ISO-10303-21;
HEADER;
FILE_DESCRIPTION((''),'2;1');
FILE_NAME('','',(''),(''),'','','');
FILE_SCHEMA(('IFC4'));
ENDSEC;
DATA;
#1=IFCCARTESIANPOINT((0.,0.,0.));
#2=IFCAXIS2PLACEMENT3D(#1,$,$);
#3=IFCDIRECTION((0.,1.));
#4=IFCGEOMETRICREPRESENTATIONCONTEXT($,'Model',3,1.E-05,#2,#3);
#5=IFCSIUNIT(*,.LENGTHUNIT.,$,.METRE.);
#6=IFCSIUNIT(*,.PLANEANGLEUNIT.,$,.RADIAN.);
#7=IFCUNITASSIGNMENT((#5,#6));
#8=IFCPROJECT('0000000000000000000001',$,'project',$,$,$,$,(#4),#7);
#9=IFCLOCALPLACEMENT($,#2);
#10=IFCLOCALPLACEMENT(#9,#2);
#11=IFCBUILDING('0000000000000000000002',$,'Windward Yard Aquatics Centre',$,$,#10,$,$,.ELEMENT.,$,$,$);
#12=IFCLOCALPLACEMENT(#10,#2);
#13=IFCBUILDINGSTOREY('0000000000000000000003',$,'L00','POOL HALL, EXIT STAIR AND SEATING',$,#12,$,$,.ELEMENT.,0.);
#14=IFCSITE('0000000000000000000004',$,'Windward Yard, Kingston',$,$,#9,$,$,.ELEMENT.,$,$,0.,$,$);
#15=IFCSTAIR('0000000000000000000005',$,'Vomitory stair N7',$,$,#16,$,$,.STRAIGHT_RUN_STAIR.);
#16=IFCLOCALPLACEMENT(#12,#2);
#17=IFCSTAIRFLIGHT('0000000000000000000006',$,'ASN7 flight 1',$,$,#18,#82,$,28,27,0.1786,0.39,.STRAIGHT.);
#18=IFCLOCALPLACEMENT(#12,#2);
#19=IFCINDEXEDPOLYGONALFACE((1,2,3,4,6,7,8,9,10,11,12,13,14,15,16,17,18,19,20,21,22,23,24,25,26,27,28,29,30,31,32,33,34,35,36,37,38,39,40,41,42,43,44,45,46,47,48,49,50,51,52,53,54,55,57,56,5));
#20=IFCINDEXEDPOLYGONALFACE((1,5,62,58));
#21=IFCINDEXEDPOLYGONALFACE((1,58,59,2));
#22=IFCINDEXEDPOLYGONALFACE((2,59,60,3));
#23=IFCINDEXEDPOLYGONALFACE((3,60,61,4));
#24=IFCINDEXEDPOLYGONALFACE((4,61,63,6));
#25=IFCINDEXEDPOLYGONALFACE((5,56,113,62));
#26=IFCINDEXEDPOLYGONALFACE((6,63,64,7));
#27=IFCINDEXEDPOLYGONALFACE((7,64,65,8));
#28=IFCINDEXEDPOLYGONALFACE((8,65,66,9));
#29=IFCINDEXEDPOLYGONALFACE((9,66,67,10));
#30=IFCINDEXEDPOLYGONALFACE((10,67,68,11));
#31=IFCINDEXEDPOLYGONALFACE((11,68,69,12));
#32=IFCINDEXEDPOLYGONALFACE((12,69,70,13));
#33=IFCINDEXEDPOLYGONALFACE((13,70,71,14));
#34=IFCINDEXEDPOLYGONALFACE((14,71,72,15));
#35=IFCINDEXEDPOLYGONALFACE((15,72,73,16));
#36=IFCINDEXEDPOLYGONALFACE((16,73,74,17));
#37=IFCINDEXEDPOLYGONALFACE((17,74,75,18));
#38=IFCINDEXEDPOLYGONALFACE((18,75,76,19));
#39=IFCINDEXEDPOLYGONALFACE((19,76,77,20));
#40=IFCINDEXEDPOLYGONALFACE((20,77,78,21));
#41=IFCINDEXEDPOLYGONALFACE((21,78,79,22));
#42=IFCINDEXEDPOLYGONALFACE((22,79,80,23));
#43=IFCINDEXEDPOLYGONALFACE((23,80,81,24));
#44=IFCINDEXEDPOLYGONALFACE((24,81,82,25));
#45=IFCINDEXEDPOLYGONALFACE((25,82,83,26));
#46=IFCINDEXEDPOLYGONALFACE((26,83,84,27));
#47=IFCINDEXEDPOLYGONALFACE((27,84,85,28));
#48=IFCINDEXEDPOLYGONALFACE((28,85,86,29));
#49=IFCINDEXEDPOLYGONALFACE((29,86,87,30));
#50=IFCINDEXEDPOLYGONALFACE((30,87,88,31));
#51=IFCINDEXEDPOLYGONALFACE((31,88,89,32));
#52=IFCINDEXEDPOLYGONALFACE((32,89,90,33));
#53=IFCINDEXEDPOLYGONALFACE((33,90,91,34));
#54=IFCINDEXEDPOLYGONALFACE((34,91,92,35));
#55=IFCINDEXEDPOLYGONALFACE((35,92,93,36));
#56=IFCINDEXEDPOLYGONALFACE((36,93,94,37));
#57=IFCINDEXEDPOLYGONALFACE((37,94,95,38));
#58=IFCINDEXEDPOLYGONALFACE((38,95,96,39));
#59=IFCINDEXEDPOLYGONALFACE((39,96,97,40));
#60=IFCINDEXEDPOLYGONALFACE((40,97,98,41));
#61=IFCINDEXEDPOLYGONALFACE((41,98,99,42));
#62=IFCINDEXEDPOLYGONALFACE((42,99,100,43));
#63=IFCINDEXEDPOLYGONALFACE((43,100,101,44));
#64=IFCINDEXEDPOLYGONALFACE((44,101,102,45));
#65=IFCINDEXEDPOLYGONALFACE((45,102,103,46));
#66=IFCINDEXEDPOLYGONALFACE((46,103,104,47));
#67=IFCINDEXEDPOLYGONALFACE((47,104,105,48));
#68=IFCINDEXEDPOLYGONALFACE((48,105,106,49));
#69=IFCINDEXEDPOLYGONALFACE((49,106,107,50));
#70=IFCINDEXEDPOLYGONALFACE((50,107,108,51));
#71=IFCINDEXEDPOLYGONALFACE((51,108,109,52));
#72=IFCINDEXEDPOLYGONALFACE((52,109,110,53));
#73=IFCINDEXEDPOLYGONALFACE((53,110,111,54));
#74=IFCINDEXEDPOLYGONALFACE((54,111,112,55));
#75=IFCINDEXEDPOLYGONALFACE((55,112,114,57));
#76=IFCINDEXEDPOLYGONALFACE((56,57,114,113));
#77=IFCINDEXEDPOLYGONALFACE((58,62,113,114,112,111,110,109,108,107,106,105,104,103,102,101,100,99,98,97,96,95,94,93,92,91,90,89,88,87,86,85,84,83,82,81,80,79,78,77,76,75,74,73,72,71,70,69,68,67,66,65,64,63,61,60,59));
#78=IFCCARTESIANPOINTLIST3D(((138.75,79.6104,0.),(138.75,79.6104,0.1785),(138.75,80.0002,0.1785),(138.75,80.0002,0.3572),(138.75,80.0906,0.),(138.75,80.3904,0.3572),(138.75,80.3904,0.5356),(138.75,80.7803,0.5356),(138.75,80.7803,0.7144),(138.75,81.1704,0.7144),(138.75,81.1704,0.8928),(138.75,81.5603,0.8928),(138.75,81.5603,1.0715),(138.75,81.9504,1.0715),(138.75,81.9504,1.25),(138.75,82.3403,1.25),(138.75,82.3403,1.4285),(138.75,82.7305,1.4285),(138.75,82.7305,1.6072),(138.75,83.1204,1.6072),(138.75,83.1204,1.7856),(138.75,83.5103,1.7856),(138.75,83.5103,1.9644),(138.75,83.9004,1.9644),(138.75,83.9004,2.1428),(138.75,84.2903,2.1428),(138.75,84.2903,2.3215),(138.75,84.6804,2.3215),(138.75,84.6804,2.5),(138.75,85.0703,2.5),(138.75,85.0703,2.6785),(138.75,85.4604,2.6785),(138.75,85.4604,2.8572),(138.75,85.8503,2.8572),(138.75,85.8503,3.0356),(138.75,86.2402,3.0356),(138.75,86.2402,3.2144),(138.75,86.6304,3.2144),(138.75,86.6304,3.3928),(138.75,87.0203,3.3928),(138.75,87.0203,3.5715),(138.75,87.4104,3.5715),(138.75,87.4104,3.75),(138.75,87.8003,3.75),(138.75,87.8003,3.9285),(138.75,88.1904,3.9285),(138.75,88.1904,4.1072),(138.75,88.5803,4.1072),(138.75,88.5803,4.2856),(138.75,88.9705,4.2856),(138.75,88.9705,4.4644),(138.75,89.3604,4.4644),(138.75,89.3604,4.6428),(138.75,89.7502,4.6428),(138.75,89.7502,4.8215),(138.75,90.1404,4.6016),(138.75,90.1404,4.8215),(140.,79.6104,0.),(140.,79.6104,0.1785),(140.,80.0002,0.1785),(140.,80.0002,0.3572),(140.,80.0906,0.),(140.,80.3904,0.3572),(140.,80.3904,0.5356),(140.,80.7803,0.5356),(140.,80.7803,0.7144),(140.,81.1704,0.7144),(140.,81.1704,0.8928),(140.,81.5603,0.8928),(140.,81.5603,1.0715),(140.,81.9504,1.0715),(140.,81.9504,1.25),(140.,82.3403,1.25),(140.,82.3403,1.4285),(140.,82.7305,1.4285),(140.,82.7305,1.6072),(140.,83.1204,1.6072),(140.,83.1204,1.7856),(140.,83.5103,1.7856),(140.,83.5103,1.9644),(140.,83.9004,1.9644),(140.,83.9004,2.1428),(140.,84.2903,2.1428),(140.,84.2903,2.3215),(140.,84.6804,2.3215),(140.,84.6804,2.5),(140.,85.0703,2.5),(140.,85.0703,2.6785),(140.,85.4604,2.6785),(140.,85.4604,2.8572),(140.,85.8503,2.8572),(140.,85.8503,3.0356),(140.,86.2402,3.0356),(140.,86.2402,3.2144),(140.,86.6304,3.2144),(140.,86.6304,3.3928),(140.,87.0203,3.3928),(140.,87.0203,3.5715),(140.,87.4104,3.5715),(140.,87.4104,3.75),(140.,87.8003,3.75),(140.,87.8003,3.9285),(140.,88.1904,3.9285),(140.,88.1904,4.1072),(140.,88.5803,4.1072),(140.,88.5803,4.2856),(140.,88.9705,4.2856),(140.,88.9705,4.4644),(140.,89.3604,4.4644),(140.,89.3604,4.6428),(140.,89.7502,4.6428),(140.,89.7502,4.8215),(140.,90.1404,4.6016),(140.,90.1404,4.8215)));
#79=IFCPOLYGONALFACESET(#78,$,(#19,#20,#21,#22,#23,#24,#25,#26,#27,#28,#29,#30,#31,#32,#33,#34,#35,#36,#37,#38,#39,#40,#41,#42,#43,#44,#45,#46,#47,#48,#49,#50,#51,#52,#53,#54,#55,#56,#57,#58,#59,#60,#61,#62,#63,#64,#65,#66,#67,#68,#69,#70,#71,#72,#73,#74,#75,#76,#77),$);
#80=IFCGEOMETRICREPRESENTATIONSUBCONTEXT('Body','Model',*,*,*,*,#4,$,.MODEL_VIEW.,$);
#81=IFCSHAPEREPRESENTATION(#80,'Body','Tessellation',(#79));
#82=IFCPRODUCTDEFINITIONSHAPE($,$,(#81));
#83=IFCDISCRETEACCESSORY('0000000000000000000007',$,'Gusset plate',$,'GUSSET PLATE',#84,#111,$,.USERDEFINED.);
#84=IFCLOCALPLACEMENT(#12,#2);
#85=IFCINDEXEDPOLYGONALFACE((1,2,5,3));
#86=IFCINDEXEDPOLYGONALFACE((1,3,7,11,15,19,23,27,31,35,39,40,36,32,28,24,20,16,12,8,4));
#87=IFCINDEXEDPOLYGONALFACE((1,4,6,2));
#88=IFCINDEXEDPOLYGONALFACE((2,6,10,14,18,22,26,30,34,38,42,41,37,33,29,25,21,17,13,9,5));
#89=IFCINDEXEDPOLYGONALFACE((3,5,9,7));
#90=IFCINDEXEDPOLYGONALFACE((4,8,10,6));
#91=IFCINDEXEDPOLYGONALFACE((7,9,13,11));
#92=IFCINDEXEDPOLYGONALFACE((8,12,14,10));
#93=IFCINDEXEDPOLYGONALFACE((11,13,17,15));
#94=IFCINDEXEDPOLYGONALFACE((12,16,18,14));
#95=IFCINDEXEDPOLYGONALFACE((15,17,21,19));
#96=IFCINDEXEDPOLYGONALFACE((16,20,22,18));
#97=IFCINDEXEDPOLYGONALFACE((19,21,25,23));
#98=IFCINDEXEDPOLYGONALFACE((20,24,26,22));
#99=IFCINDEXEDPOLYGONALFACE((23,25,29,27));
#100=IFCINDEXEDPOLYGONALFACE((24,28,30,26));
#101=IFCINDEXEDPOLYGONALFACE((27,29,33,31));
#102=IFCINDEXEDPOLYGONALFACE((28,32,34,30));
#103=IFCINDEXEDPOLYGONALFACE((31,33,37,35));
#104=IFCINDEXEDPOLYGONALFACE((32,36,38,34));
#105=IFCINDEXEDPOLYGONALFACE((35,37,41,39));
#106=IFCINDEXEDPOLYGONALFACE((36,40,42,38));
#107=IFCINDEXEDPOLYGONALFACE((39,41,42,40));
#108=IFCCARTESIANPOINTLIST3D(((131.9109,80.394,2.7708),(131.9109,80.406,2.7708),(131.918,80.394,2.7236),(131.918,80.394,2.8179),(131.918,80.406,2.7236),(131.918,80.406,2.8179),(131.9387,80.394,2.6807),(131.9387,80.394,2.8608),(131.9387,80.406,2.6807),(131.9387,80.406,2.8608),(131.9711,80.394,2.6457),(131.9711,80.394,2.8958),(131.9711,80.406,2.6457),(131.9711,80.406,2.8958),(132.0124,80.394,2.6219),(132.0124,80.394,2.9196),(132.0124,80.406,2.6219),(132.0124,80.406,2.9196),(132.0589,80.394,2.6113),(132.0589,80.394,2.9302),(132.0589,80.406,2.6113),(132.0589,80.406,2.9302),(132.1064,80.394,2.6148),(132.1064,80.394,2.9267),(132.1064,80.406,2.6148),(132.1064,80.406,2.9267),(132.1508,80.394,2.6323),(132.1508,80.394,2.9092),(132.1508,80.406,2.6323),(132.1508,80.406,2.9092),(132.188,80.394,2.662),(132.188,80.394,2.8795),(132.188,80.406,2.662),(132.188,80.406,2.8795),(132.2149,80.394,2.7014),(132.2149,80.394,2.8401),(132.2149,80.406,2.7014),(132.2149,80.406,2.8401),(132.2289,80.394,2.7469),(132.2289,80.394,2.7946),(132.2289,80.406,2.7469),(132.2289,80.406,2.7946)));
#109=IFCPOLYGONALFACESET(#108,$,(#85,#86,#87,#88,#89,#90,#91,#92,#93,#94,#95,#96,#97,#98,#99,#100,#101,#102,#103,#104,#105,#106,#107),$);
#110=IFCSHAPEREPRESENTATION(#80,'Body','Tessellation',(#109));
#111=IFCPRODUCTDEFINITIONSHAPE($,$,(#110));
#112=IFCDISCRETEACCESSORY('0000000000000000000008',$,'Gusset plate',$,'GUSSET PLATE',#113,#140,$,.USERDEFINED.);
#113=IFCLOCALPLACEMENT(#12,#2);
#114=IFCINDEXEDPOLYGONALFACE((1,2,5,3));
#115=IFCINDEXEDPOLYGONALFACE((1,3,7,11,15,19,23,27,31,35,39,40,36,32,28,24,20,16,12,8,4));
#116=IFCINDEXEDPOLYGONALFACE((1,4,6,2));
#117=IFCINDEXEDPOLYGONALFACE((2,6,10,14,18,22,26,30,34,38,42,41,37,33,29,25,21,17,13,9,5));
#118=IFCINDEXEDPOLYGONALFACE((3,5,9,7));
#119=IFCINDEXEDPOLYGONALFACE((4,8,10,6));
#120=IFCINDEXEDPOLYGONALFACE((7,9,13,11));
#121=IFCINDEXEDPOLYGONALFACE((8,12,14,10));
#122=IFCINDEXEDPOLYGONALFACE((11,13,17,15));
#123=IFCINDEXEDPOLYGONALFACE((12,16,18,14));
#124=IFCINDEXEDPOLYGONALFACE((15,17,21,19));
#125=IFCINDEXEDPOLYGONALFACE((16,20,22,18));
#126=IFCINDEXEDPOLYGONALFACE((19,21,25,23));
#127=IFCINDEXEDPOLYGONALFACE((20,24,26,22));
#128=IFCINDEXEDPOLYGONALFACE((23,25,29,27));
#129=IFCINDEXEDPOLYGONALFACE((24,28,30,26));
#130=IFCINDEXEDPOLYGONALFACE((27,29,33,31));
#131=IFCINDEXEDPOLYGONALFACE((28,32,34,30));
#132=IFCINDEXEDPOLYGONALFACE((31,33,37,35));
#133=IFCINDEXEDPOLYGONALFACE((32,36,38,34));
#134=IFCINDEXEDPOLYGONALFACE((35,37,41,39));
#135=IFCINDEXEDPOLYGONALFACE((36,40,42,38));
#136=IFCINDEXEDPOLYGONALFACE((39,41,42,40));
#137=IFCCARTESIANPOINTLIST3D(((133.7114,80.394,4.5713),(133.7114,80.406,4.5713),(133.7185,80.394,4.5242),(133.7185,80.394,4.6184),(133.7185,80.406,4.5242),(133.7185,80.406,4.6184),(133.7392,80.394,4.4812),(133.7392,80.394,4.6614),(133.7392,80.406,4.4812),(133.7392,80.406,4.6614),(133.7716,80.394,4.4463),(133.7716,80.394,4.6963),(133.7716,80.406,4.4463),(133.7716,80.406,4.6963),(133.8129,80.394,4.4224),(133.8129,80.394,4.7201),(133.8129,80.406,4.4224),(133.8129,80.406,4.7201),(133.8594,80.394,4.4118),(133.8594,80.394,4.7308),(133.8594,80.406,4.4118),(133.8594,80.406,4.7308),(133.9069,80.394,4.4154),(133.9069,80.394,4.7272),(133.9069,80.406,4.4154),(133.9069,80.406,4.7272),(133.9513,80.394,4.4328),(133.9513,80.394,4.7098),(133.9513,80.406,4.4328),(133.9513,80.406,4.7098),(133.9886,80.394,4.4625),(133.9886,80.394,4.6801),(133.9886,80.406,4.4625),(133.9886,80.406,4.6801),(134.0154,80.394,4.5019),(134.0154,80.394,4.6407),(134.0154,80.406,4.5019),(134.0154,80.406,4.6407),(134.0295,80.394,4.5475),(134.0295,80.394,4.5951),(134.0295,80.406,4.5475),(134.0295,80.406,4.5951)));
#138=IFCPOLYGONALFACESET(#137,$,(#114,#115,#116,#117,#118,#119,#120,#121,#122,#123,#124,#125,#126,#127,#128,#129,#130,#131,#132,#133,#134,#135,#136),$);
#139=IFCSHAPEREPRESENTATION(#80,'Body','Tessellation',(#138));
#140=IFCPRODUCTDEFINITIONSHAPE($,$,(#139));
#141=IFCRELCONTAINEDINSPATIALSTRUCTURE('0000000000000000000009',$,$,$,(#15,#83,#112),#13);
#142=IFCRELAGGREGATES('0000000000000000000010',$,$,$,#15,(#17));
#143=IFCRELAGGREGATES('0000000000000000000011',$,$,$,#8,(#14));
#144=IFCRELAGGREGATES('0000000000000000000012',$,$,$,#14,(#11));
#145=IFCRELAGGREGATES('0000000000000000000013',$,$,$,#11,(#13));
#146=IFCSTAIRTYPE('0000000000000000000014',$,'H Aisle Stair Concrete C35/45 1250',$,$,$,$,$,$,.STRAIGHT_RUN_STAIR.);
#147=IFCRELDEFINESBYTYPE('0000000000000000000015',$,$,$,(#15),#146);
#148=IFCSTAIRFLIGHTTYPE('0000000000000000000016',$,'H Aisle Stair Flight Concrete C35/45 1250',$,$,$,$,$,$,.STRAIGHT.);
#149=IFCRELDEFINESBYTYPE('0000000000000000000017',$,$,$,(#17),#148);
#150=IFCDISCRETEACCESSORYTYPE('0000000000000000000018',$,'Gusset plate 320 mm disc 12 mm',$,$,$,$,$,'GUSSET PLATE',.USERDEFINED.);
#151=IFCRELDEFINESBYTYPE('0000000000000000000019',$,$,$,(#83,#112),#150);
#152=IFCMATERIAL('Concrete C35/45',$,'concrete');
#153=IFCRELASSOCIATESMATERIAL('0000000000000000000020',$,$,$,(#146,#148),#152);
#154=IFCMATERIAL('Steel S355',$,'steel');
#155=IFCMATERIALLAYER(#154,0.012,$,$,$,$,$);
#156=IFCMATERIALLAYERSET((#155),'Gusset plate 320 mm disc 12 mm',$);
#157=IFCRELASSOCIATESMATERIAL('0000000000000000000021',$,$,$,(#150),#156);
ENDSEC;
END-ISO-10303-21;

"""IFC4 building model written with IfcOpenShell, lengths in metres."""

from ifc_helpers import new_model, si_unit, direction, frame, origin, origin_2d, place, context, subcontext, project, spatial, polyline, circle, outline, extrude, material, layer, layer_set, type_object, element, aggregate, save


model = new_model("IFC4")

# Units and contexts
model_context = context("Model", 3, precision=1e-05, world=origin(), true_north=direction((0.0, 1.0)))
body_context = subcontext(model_context, "Body", "Model", "MODEL_VIEW")
ifc_project = project(units=[si_unit("LENGTHUNIT", "METRE"), si_unit("PLANEANGLEUNIT", "RADIAN")], contexts=[model_context])

# Site, building, storey
site_placement = place(None, origin())
site = spatial("IfcSite", under=ifc_project, at=site_placement, Name="Windward Yard, Kingston", CompositionType="ELEMENT", RefElevation=0.0)
building_placement = place(site_placement, origin())
building = spatial("IfcBuilding", under=site, at=building_placement, Name="Windward Yard Aquatics Centre", CompositionType="ELEMENT")
storey_placement = place(building_placement, origin())
storey = spatial("IfcBuildingStorey", under=building, at=storey_placement, Name="L00", Description="POOL HALL, EXIT STAIR AND SEATING", CompositionType="ELEMENT", Elevation=0.0)

# Shared definitions
ifc_material_1 = material(Name="Concrete C35/45", Category="concrete")

# Stair, stair flight
stair_type = type_object("IfcStairType", Name="H Aisle Stair Concrete C35/45 1250", PredefinedType="STRAIGHT_RUN_STAIR", material=ifc_material_1)
stair_flight_type = type_object("IfcStairFlightType", Name="H Aisle Stair Flight Concrete C35/45 1250", PredefinedType="STRAIGHT", material=ifc_material_1)
stair_1_placement = place(storey_placement, origin())
stair_1 = element("IfcStair", 1, at=stair_1_placement, inside=storey, type_object=stair_type, Name="Vomitory stair N7", PredefinedType="STRAIGHT_RUN_STAIR")
stair_flight_1_placement = place(storey_placement, frame((139.375, 79.6104, 0.0), z_axis=(0.0, 0.0, 1.0), x_axis=(0.0, 1.0, 0.0)))
stair_flight_1 = element("IfcStairFlight", 2, at=stair_flight_1_placement, type_object=stair_flight_type, Name="ASN7 flight 1", NumberOfRisers=28, NumberOfTreads=27, PredefinedType="STRAIGHT", RiserHeight=0.1786, TreadLength=0.39, context=body_context, shape_type="SweptSolid", body=[
    extrude(outline(polyline([(0.0, 0.0), (0.0, 0.1785), (0.3899, 0.1785), (0.3899, 0.3572), (0.78, 0.3572), (0.78, 0.5356), (1.1699, 0.5356), (1.1699, 0.7144), (1.5601, 0.7144), (1.5601, 0.8928), (1.95, 0.8928), (1.95, 1.0715), (2.3401, 1.0715), (2.3401, 1.25), (2.73, 1.25), (2.73, 1.4285), (3.1201, 1.4285), (3.1201, 1.6072), (3.51, 1.6072), (3.51, 1.7856), (3.8999, 1.7856), (3.8999, 1.9644), (4.29, 1.9644), (4.29, 2.1428), (4.6799, 2.1428), (4.6799, 2.3215), (5.0701, 2.3215), (5.0701, 2.5), (5.46, 2.5), (5.46, 2.6785), (5.8501, 2.6785), (5.8501, 2.8572), (6.24, 2.8572), (6.24, 3.0356), (6.6299, 3.0356), (6.6299, 3.2144), (7.02, 3.2144), (7.02, 3.3928), (7.4099, 3.3928), (7.4099, 3.5715), (7.8, 3.5715), (7.8, 3.75), (8.1899, 3.75), (8.1899, 3.9285), (8.5801, 3.9285), (8.5801, 4.1072), (8.97, 4.1072), (8.97, 4.2856), (9.3601, 4.2856), (9.3601, 4.4644), (9.75, 4.4644), (9.75, 4.6428), (10.1399, 4.6428), (10.1399, 4.8215), (10.53, 4.8215), (10.53, 5.0), (10.53, 4.6016), (0.4802, 0.0), (0.0, 0.0)])), frame((0.0, 0.625, 0.0), z_axis=(0.0, -1.0, 0.0), x_axis=(1.0, 0.0, 0.0)), (0.0, 0.0, 1.0), 1.25),
])
aggregate(stair_1, [stair_flight_1])

# Discrete accessories
ifc_material_2 = material(Name="Steel S355", Category="steel")
ifc_layer = layer(ifc_material_2, 0.012)
ifc_layer_set = layer_set([ifc_layer], Name="Gusset plate 320 mm disc 12 mm")
discrete_accessory_type = type_object("IfcDiscreteAccessoryType", Name="Gusset plate 320 mm disc 12 mm", ElementType="GUSSET PLATE", PredefinedType="USERDEFINED", material=ifc_layer_set)
for number, where, z_axis, x_axis, name in (
    (3, (132.0708, 80.394, 2.7708), (0.0, 1.0, 0.0), (-1.0, 0.0, 0.0), "Gusset plate"),
    (4, (133.8713, 80.394, 4.5713), (0.0, 1.0, 0.0), (-1.0, 0.0, 0.0), "Gusset plate"),
):
    element("IfcDiscreteAccessory", number, at=place(storey_placement, frame(where, z_axis=z_axis, x_axis=x_axis)), inside=storey, type_object=discrete_accessory_type, Name=name, ObjectType="GUSSET PLATE", PredefinedType="USERDEFINED", context=body_context, shape_type="SweptSolid", body=[
        extrude(circle(Radius=0.1599, at=origin_2d()), origin(), (0.0, 0.0, 1.0), 0.012),
    ])

save(model, "model.ifc")
